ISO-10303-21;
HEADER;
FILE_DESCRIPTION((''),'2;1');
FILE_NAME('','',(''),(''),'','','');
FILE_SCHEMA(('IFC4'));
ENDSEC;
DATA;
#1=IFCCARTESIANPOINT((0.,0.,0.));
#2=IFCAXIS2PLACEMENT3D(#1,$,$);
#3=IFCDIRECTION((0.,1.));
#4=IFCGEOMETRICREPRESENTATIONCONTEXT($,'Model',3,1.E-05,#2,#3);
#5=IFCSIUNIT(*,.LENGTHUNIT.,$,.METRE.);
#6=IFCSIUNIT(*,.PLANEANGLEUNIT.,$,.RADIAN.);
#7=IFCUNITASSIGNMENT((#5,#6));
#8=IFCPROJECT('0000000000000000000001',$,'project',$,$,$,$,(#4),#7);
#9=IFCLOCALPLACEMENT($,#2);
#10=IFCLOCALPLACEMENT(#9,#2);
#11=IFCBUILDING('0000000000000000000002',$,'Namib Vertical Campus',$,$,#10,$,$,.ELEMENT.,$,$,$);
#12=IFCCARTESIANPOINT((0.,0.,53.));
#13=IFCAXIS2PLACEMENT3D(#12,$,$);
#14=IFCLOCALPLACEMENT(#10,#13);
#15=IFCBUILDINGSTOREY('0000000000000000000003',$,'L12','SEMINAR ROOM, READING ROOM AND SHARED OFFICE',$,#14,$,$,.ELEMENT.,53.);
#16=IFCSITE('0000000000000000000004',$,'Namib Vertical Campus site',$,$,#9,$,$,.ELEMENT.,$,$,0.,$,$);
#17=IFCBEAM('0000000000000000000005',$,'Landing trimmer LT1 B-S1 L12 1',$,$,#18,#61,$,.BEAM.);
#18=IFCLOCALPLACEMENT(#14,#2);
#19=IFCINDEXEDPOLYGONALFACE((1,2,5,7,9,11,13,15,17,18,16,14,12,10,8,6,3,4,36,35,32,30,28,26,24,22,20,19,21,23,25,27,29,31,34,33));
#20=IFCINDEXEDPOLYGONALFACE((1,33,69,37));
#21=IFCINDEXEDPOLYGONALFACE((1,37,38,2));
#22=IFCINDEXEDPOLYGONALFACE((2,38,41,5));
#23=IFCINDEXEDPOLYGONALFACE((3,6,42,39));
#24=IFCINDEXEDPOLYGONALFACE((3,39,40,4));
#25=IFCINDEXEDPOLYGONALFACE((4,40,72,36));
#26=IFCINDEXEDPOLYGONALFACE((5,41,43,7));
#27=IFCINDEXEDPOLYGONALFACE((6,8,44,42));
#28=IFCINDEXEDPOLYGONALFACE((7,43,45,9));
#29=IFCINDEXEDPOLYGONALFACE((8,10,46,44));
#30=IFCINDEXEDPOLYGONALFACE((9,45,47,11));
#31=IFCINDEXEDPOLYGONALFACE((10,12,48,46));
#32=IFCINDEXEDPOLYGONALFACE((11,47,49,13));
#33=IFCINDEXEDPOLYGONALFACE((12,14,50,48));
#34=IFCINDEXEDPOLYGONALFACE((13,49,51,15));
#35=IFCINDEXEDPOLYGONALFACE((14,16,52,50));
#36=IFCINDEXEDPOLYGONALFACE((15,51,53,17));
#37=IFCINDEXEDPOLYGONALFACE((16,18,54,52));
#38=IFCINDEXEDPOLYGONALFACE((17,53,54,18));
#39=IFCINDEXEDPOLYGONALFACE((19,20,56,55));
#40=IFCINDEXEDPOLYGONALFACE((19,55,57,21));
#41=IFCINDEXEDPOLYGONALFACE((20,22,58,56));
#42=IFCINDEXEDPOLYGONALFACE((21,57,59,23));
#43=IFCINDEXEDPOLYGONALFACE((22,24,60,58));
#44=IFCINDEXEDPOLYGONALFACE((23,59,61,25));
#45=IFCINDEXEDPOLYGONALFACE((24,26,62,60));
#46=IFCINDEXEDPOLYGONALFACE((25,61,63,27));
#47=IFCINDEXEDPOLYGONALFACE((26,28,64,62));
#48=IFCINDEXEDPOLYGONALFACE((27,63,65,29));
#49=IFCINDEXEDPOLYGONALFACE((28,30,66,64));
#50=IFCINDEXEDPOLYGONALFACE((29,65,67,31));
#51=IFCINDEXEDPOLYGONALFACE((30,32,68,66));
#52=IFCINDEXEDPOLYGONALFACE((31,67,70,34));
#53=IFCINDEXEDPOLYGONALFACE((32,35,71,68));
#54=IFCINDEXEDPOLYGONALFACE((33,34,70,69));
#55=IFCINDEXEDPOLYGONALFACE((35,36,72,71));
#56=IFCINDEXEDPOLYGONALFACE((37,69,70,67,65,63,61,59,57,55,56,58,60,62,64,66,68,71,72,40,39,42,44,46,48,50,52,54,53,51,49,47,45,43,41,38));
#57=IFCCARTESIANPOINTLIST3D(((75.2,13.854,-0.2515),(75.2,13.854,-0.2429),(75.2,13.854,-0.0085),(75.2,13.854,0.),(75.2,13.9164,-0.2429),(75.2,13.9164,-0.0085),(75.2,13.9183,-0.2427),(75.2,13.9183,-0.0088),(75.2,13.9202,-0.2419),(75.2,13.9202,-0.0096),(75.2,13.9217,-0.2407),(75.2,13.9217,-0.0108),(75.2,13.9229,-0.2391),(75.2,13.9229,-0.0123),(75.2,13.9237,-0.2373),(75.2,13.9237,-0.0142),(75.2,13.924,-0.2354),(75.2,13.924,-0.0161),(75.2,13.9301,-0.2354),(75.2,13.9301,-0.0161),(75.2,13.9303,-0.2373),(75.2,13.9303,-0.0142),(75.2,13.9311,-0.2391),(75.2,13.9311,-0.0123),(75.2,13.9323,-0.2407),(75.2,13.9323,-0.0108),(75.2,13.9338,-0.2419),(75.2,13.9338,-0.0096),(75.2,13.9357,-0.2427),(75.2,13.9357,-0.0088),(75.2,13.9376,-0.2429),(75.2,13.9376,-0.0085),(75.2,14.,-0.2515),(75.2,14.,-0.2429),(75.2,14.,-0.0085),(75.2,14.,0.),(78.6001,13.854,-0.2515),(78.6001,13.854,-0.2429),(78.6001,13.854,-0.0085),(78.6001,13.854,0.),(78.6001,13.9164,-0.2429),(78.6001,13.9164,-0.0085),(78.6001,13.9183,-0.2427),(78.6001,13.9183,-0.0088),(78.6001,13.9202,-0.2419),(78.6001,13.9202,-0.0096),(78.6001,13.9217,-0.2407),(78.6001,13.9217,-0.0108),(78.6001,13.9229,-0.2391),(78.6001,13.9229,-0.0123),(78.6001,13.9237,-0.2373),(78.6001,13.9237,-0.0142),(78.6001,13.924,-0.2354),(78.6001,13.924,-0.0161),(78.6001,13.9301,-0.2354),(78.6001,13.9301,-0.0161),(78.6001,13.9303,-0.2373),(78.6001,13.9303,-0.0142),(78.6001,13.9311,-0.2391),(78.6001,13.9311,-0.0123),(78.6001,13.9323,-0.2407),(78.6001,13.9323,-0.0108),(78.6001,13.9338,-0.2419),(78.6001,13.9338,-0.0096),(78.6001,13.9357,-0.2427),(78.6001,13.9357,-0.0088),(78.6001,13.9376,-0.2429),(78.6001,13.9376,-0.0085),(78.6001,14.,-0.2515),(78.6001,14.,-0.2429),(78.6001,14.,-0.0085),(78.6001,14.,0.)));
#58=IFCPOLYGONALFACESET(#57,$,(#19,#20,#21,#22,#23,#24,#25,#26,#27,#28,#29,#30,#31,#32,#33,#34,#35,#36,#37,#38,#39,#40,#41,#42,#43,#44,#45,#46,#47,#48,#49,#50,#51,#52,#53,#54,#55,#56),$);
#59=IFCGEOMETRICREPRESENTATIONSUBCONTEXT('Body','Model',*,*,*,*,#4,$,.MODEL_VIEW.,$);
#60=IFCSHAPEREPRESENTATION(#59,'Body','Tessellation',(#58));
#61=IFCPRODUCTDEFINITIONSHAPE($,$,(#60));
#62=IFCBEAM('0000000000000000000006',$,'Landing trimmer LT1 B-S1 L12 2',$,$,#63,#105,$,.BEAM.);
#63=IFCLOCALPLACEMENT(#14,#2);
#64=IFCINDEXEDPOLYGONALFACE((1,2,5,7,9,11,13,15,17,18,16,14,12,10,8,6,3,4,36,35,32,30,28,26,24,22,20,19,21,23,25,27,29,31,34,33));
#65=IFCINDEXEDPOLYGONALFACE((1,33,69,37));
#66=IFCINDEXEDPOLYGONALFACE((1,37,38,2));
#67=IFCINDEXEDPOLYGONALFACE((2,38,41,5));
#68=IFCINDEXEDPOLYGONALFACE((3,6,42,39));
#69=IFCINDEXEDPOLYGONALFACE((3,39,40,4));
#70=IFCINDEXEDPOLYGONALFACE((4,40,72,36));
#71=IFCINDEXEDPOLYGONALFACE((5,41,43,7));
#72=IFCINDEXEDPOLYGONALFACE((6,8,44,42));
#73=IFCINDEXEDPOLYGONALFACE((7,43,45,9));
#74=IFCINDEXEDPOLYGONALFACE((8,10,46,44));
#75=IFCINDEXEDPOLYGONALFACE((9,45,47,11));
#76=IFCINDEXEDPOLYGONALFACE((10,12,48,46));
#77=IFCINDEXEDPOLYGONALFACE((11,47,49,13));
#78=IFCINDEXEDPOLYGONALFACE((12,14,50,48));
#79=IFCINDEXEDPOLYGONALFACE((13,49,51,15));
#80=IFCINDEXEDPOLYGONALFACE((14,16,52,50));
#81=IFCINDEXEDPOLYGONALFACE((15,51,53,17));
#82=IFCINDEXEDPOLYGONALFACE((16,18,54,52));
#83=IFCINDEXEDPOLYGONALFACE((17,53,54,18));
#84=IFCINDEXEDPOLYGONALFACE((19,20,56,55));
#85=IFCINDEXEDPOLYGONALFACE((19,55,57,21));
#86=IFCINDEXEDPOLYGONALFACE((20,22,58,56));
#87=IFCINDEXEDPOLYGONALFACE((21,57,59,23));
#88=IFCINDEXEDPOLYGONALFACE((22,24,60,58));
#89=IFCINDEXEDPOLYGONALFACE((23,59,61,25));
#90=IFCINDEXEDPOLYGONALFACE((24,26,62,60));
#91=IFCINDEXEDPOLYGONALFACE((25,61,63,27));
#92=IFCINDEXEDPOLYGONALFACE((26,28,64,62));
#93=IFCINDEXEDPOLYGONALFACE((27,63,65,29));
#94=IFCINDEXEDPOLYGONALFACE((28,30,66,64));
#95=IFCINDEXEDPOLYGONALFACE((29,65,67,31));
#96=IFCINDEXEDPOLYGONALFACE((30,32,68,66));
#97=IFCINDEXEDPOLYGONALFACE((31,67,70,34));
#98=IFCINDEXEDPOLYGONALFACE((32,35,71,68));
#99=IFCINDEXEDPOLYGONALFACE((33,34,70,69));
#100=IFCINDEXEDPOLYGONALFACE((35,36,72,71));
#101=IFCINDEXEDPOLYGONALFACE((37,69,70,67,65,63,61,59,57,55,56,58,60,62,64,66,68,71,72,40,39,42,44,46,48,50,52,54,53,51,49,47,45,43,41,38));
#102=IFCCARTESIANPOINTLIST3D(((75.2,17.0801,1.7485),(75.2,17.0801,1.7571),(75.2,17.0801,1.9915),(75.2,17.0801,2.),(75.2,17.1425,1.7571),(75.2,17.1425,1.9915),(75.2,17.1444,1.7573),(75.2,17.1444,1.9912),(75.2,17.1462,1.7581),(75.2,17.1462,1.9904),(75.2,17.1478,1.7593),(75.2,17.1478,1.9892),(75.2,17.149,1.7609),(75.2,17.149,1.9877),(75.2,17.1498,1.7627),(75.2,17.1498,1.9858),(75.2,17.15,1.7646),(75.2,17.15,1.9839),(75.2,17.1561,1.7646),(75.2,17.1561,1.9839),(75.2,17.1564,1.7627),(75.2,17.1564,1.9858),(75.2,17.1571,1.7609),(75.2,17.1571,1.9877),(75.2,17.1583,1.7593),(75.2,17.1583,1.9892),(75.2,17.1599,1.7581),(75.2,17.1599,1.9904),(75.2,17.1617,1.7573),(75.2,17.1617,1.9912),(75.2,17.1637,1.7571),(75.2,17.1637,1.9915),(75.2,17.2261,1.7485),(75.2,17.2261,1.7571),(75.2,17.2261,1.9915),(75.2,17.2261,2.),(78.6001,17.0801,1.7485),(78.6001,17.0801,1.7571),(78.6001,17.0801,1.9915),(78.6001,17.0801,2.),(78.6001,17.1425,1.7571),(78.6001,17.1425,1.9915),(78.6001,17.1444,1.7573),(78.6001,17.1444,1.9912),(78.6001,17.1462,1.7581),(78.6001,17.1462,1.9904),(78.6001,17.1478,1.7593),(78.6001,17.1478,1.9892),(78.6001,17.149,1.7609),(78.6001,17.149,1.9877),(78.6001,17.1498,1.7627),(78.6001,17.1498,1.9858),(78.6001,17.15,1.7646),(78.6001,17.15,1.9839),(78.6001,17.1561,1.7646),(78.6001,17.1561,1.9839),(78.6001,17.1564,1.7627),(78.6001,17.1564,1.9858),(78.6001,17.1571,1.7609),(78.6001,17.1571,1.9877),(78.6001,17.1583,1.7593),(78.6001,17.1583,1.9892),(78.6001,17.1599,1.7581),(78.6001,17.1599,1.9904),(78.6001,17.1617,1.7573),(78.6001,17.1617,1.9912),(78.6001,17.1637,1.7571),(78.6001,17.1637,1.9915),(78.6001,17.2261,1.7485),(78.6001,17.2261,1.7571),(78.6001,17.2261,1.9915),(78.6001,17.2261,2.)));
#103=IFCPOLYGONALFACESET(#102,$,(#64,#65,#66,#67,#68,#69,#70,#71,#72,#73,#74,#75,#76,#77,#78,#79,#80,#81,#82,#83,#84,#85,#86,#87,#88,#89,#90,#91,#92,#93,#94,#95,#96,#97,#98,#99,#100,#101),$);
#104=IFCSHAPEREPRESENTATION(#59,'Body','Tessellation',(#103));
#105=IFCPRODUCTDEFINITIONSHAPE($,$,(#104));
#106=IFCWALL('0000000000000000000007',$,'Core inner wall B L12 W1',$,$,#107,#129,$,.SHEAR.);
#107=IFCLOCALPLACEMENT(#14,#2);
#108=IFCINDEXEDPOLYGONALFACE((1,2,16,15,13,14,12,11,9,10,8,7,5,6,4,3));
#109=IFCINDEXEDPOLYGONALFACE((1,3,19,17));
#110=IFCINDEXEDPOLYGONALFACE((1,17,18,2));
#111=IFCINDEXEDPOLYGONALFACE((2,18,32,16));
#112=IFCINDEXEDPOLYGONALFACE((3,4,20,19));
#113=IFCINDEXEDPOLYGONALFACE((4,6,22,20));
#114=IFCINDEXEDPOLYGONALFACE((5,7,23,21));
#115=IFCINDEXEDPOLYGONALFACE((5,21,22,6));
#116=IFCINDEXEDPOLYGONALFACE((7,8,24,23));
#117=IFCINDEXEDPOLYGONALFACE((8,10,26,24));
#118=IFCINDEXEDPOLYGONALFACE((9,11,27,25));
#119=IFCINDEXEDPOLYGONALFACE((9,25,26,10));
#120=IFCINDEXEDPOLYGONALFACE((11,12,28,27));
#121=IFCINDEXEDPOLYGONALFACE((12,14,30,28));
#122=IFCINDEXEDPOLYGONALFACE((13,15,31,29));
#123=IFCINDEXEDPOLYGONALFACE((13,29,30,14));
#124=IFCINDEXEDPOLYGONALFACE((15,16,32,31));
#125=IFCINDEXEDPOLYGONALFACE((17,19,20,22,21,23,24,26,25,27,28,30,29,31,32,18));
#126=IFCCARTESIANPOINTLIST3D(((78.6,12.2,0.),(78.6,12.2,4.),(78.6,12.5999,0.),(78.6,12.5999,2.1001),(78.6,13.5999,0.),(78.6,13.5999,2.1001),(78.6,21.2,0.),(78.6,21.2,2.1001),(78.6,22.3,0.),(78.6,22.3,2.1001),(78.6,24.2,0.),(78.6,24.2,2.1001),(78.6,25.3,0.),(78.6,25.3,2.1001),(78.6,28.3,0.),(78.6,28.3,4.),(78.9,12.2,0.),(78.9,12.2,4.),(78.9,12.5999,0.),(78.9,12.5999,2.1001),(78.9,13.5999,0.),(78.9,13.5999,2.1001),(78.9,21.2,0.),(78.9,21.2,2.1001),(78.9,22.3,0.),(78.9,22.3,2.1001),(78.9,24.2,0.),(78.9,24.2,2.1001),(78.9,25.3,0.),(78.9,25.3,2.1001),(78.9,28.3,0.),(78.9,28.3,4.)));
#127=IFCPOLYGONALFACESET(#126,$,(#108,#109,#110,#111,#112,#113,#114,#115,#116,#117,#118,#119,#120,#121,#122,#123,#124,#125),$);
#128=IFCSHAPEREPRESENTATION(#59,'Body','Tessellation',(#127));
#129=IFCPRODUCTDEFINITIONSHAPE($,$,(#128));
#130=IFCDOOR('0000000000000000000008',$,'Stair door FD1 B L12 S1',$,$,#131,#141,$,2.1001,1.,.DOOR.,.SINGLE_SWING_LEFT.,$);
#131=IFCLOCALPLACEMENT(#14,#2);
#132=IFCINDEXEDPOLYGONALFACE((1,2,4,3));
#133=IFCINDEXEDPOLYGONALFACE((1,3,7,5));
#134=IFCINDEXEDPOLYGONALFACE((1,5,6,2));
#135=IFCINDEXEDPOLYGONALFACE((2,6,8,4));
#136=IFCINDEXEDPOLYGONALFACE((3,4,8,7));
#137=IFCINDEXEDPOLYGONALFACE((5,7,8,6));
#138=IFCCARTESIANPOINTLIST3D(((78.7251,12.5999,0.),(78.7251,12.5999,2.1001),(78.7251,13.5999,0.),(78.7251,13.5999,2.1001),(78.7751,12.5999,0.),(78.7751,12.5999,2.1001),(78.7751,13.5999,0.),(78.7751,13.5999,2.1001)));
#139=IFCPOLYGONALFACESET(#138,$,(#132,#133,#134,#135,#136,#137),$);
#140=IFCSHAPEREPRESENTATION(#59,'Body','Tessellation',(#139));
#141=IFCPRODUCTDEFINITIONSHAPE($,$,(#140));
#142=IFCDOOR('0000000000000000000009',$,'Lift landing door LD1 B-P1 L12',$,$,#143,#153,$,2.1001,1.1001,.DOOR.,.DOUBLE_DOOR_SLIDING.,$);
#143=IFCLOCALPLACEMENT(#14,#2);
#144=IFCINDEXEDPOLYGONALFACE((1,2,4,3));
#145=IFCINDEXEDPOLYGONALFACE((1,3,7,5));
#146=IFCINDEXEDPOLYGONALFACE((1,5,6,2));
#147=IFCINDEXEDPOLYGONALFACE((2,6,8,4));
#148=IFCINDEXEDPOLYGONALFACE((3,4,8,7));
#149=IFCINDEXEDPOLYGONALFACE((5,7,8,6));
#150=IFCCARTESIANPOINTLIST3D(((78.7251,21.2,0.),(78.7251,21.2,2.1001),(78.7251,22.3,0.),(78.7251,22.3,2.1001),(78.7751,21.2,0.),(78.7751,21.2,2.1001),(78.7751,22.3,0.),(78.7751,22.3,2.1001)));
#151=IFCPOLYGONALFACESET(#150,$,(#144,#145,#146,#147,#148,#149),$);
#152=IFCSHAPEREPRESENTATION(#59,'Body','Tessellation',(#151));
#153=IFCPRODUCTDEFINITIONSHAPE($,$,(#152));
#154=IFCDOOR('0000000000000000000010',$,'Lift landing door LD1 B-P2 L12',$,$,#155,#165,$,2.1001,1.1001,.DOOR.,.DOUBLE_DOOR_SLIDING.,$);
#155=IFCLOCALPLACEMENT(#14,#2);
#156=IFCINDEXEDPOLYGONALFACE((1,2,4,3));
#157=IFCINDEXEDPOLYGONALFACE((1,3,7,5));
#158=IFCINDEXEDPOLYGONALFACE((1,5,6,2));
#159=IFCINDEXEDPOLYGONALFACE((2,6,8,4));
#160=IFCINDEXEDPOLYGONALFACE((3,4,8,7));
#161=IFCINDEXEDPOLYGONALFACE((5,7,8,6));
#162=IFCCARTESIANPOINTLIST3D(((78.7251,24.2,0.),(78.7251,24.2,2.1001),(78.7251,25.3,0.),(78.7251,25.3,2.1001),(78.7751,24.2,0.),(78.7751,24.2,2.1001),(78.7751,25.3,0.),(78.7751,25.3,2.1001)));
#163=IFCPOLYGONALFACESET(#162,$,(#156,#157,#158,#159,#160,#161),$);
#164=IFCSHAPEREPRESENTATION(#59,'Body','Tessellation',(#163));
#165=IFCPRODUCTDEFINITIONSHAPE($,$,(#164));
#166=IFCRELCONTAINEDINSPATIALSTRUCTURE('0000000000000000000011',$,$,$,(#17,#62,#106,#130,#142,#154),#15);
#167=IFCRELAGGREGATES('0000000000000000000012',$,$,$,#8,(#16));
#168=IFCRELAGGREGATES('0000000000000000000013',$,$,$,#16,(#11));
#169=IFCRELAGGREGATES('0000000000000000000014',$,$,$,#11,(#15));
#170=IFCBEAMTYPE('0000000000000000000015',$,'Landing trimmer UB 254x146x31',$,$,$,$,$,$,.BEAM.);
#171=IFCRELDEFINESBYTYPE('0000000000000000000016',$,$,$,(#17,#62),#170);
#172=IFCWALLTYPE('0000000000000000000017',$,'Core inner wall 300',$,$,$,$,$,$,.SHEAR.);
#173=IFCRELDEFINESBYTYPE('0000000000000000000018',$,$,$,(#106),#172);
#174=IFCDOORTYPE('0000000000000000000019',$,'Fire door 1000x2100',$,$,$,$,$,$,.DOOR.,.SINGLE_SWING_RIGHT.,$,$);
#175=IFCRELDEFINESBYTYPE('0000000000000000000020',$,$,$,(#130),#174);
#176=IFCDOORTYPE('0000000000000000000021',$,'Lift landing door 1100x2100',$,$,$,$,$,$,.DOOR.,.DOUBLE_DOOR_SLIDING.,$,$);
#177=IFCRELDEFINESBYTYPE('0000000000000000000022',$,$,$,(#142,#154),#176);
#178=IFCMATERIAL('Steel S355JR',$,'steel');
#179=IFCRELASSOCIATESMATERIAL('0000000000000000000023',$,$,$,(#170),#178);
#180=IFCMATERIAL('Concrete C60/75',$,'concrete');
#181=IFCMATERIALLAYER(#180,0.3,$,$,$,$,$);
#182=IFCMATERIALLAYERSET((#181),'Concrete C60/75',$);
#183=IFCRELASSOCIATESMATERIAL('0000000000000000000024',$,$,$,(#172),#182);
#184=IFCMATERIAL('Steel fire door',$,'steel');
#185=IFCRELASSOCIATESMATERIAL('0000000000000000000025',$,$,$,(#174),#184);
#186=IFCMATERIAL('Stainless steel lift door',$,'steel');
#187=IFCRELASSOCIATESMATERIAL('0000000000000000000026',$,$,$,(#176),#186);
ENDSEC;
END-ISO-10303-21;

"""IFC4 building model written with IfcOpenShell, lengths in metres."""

from ifc_helpers import new_model, si_unit, direction, frame, frame_2d, origin, origin_2d, place, context, subcontext, project, spatial, rectangle, i_section, extrude, material, layer, layer_set, material_profile, profile_set, type_object, element, fill, save


model = new_model("IFC4")

# Units and contexts
model_context = context("Model", 3, precision=1e-05, world=origin(), true_north=direction((0.0, 1.0)))
body_context = subcontext(model_context, "Body", "Model", "MODEL_VIEW")
ifc_project = project(units=[si_unit("LENGTHUNIT", "METRE"), si_unit("PLANEANGLEUNIT", "RADIAN")], contexts=[model_context])

# Site, building, storey
site_placement = place(None, origin())
site = spatial("IfcSite", under=ifc_project, at=site_placement, Name="Namib Vertical Campus site", CompositionType="ELEMENT", RefElevation=0.0)
building_placement = place(site_placement, origin())
building = spatial("IfcBuilding", under=site, at=building_placement, Name="Namib Vertical Campus", CompositionType="ELEMENT")
storey_placement = place(building_placement, frame((0.0, 0.0, 53.0)))
storey = spatial("IfcBuildingStorey", under=building, at=storey_placement, Name="L12", Description="SEMINAR ROOM, READING ROOM AND SHARED OFFICE", CompositionType="ELEMENT", Elevation=53.0)

# Beams
ifc_material_1 = material(Name="Steel S355JR", Category="steel")
ifc_material_profile = material_profile(ifc_material_1, i_section(OverallWidth=0.146, OverallDepth=0.2515, WebThickness=0.0061, FlangeThickness=0.0085, FilletRadius=0.0076, at=origin_2d()))
ifc_profile_set = profile_set([ifc_material_profile], Name="Steel S355JR")
beam_type = type_object("IfcBeamType", Name="Landing trimmer UB 254x146x31", PredefinedType="BEAM", material=ifc_profile_set)
for number, where, z_axis, x_axis, name in (
    (1, (75.2, 13.927, -0.1257), (1.0, 0.0, 0.0), (0.0, 1.0, 0.0), "Landing trimmer LT1 B-S1 L12 1"),
    (2, (75.2, 17.1531, 1.8743), (1.0, 0.0, 0.0), (0.0, 1.0, 0.0), "Landing trimmer LT1 B-S1 L12 2"),
):
    element("IfcBeam", number, at=place(storey_placement, frame(where, z_axis=z_axis, x_axis=x_axis)), inside=storey, type_object=beam_type, Name=name, PredefinedType="BEAM", context=body_context, shape_type="SweptSolid", body=[
        extrude(i_section(OverallWidth=0.146, OverallDepth=0.2515, WebThickness=0.0061, FlangeThickness=0.0085, FilletRadius=0.0076, at=origin_2d()), origin(), (0.0, 0.0, 1.0), 3.4001),
    ])

# Wall, openings, doors
ifc_material_2 = material(Name="Concrete C60/75", Category="concrete")
ifc_layer = layer(ifc_material_2, 0.3)
ifc_layer_set = layer_set([ifc_layer], Name="Concrete C60/75")
wall_type = type_object("IfcWallType", Name="Core inner wall 300", PredefinedType="SHEAR", material=ifc_layer_set)
wall_1_placement = place(storey_placement, frame((78.75, 12.2, 0.0), z_axis=(0.0, 0.0, 1.0), x_axis=(0.0, 1.0, 0.0)))
wall_1 = element("IfcWall", 3, at=wall_1_placement, inside=storey, type_object=wall_type, Name="Core inner wall B L12 W1", PredefinedType="SHEAR", context=body_context, shape_type="SweptSolid", body=[
    extrude(rectangle(XDim=16.1001, YDim=0.3, at=frame_2d((8.05, 0.0))), origin(), (0.0, 0.0, 1.0), 4.0),
])
opening_1_placement = place(wall_1_placement, frame((0.3999, 0.0, 0.0)))
opening_1 = element("IfcOpeningElement", 4, at=opening_1_placement, cuts=wall_1, PredefinedType="OPENING", context=body_context, shape_type="SweptSolid", body=[
    extrude(rectangle(XDim=1.0, YDim=2.1001, at=frame_2d((0.5, 1.05))), frame((0.0, 0.1599, 0.0), z_axis=(0.0, -1.0, 0.0), x_axis=(1.0, 0.0, 0.0)), (0.0, 0.0, 1.0), 0.3201),
])
opening_2_placement = place(wall_1_placement, frame((9.0, 0.0, 0.0)))
opening_2 = element("IfcOpeningElement", 5, at=opening_2_placement, cuts=wall_1, PredefinedType="OPENING", context=body_context, shape_type="SweptSolid", body=[
    extrude(rectangle(XDim=1.1001, YDim=2.1001, at=frame_2d((0.55, 1.05))), frame((0.0, 0.1599, 0.0), z_axis=(0.0, -1.0, 0.0), x_axis=(1.0, 0.0, 0.0)), (0.0, 0.0, 1.0), 0.3201),
])
opening_3_placement = place(wall_1_placement, frame((12.0, 0.0, 0.0)))
opening_3 = element("IfcOpeningElement", 6, at=opening_3_placement, cuts=wall_1, PredefinedType="OPENING", context=body_context, shape_type="SweptSolid", body=[
    extrude(rectangle(XDim=1.1001, YDim=2.1001, at=frame_2d((0.55, 1.05))), frame((0.0, 0.1599, 0.0), z_axis=(0.0, -1.0, 0.0), x_axis=(1.0, 0.0, 0.0)), (0.0, 0.0, 1.0), 0.3201),
])
ifc_material_3 = material(Name="Steel fire door", Category="steel")
door_type_1 = type_object("IfcDoorType", Name="Fire door 1000x2100", OperationType="SINGLE_SWING_RIGHT", PredefinedType="DOOR", material=ifc_material_3)
door_1_placement = place(opening_1_placement, origin())
door_1 = element("IfcDoor", 7, at=door_1_placement, inside=storey, type_object=door_type_1, Name="Stair door FD1 B L12 S1", OperationType="SINGLE_SWING_LEFT", OverallHeight=2.1001, OverallWidth=1.0, PredefinedType="DOOR", context=body_context, shape_type="SweptSolid", body=[
    extrude(rectangle(XDim=1.0, YDim=2.1001, at=frame_2d((0.5, 1.05))), frame((0.0, 0.0249, 0.0), z_axis=(0.0, -1.0, 0.0), x_axis=(1.0, 0.0, 0.0)), (0.0, 0.0, 1.0), 0.05),
])
fill(opening_1, door_1)
ifc_material_4 = material(Name="Stainless steel lift door", Category="steel")
door_type_2 = type_object("IfcDoorType", Name="Lift landing door 1100x2100", OperationType="DOUBLE_DOOR_SLIDING", PredefinedType="DOOR", material=ifc_material_4)
door_2_placement = place(opening_2_placement, origin())
door_2 = element("IfcDoor", 8, at=door_2_placement, inside=storey, type_object=door_type_2, Name="Lift landing door LD1 B-P1 L12", OperationType="DOUBLE_DOOR_SLIDING", OverallHeight=2.1001, OverallWidth=1.1001, PredefinedType="DOOR", context=body_context, shape_type="SweptSolid", body=[
    extrude(rectangle(XDim=1.1001, YDim=2.1001, at=frame_2d((0.55, 1.05))), frame((0.0, 0.0249, 0.0), z_axis=(0.0, -1.0, 0.0), x_axis=(1.0, 0.0, 0.0)), (0.0, 0.0, 1.0), 0.05),
])
fill(opening_2, door_2)
door_3_placement = place(opening_3_placement, origin())
door_3 = element("IfcDoor", 9, at=door_3_placement, inside=storey, type_object=door_type_2, Name="Lift landing door LD1 B-P2 L12", OperationType="DOUBLE_DOOR_SLIDING", OverallHeight=2.1001, OverallWidth=1.1001, PredefinedType="DOOR", context=body_context, shape_type="SweptSolid", body=[
    extrude(rectangle(XDim=1.1001, YDim=2.1001, at=frame_2d((0.55, 1.05))), frame((0.0, 0.0249, 0.0), z_axis=(0.0, -1.0, 0.0), x_axis=(1.0, 0.0, 0.0)), (0.0, 0.0, 1.0), 0.05),
])
fill(opening_3, door_3)

save(model, "model.ifc")
